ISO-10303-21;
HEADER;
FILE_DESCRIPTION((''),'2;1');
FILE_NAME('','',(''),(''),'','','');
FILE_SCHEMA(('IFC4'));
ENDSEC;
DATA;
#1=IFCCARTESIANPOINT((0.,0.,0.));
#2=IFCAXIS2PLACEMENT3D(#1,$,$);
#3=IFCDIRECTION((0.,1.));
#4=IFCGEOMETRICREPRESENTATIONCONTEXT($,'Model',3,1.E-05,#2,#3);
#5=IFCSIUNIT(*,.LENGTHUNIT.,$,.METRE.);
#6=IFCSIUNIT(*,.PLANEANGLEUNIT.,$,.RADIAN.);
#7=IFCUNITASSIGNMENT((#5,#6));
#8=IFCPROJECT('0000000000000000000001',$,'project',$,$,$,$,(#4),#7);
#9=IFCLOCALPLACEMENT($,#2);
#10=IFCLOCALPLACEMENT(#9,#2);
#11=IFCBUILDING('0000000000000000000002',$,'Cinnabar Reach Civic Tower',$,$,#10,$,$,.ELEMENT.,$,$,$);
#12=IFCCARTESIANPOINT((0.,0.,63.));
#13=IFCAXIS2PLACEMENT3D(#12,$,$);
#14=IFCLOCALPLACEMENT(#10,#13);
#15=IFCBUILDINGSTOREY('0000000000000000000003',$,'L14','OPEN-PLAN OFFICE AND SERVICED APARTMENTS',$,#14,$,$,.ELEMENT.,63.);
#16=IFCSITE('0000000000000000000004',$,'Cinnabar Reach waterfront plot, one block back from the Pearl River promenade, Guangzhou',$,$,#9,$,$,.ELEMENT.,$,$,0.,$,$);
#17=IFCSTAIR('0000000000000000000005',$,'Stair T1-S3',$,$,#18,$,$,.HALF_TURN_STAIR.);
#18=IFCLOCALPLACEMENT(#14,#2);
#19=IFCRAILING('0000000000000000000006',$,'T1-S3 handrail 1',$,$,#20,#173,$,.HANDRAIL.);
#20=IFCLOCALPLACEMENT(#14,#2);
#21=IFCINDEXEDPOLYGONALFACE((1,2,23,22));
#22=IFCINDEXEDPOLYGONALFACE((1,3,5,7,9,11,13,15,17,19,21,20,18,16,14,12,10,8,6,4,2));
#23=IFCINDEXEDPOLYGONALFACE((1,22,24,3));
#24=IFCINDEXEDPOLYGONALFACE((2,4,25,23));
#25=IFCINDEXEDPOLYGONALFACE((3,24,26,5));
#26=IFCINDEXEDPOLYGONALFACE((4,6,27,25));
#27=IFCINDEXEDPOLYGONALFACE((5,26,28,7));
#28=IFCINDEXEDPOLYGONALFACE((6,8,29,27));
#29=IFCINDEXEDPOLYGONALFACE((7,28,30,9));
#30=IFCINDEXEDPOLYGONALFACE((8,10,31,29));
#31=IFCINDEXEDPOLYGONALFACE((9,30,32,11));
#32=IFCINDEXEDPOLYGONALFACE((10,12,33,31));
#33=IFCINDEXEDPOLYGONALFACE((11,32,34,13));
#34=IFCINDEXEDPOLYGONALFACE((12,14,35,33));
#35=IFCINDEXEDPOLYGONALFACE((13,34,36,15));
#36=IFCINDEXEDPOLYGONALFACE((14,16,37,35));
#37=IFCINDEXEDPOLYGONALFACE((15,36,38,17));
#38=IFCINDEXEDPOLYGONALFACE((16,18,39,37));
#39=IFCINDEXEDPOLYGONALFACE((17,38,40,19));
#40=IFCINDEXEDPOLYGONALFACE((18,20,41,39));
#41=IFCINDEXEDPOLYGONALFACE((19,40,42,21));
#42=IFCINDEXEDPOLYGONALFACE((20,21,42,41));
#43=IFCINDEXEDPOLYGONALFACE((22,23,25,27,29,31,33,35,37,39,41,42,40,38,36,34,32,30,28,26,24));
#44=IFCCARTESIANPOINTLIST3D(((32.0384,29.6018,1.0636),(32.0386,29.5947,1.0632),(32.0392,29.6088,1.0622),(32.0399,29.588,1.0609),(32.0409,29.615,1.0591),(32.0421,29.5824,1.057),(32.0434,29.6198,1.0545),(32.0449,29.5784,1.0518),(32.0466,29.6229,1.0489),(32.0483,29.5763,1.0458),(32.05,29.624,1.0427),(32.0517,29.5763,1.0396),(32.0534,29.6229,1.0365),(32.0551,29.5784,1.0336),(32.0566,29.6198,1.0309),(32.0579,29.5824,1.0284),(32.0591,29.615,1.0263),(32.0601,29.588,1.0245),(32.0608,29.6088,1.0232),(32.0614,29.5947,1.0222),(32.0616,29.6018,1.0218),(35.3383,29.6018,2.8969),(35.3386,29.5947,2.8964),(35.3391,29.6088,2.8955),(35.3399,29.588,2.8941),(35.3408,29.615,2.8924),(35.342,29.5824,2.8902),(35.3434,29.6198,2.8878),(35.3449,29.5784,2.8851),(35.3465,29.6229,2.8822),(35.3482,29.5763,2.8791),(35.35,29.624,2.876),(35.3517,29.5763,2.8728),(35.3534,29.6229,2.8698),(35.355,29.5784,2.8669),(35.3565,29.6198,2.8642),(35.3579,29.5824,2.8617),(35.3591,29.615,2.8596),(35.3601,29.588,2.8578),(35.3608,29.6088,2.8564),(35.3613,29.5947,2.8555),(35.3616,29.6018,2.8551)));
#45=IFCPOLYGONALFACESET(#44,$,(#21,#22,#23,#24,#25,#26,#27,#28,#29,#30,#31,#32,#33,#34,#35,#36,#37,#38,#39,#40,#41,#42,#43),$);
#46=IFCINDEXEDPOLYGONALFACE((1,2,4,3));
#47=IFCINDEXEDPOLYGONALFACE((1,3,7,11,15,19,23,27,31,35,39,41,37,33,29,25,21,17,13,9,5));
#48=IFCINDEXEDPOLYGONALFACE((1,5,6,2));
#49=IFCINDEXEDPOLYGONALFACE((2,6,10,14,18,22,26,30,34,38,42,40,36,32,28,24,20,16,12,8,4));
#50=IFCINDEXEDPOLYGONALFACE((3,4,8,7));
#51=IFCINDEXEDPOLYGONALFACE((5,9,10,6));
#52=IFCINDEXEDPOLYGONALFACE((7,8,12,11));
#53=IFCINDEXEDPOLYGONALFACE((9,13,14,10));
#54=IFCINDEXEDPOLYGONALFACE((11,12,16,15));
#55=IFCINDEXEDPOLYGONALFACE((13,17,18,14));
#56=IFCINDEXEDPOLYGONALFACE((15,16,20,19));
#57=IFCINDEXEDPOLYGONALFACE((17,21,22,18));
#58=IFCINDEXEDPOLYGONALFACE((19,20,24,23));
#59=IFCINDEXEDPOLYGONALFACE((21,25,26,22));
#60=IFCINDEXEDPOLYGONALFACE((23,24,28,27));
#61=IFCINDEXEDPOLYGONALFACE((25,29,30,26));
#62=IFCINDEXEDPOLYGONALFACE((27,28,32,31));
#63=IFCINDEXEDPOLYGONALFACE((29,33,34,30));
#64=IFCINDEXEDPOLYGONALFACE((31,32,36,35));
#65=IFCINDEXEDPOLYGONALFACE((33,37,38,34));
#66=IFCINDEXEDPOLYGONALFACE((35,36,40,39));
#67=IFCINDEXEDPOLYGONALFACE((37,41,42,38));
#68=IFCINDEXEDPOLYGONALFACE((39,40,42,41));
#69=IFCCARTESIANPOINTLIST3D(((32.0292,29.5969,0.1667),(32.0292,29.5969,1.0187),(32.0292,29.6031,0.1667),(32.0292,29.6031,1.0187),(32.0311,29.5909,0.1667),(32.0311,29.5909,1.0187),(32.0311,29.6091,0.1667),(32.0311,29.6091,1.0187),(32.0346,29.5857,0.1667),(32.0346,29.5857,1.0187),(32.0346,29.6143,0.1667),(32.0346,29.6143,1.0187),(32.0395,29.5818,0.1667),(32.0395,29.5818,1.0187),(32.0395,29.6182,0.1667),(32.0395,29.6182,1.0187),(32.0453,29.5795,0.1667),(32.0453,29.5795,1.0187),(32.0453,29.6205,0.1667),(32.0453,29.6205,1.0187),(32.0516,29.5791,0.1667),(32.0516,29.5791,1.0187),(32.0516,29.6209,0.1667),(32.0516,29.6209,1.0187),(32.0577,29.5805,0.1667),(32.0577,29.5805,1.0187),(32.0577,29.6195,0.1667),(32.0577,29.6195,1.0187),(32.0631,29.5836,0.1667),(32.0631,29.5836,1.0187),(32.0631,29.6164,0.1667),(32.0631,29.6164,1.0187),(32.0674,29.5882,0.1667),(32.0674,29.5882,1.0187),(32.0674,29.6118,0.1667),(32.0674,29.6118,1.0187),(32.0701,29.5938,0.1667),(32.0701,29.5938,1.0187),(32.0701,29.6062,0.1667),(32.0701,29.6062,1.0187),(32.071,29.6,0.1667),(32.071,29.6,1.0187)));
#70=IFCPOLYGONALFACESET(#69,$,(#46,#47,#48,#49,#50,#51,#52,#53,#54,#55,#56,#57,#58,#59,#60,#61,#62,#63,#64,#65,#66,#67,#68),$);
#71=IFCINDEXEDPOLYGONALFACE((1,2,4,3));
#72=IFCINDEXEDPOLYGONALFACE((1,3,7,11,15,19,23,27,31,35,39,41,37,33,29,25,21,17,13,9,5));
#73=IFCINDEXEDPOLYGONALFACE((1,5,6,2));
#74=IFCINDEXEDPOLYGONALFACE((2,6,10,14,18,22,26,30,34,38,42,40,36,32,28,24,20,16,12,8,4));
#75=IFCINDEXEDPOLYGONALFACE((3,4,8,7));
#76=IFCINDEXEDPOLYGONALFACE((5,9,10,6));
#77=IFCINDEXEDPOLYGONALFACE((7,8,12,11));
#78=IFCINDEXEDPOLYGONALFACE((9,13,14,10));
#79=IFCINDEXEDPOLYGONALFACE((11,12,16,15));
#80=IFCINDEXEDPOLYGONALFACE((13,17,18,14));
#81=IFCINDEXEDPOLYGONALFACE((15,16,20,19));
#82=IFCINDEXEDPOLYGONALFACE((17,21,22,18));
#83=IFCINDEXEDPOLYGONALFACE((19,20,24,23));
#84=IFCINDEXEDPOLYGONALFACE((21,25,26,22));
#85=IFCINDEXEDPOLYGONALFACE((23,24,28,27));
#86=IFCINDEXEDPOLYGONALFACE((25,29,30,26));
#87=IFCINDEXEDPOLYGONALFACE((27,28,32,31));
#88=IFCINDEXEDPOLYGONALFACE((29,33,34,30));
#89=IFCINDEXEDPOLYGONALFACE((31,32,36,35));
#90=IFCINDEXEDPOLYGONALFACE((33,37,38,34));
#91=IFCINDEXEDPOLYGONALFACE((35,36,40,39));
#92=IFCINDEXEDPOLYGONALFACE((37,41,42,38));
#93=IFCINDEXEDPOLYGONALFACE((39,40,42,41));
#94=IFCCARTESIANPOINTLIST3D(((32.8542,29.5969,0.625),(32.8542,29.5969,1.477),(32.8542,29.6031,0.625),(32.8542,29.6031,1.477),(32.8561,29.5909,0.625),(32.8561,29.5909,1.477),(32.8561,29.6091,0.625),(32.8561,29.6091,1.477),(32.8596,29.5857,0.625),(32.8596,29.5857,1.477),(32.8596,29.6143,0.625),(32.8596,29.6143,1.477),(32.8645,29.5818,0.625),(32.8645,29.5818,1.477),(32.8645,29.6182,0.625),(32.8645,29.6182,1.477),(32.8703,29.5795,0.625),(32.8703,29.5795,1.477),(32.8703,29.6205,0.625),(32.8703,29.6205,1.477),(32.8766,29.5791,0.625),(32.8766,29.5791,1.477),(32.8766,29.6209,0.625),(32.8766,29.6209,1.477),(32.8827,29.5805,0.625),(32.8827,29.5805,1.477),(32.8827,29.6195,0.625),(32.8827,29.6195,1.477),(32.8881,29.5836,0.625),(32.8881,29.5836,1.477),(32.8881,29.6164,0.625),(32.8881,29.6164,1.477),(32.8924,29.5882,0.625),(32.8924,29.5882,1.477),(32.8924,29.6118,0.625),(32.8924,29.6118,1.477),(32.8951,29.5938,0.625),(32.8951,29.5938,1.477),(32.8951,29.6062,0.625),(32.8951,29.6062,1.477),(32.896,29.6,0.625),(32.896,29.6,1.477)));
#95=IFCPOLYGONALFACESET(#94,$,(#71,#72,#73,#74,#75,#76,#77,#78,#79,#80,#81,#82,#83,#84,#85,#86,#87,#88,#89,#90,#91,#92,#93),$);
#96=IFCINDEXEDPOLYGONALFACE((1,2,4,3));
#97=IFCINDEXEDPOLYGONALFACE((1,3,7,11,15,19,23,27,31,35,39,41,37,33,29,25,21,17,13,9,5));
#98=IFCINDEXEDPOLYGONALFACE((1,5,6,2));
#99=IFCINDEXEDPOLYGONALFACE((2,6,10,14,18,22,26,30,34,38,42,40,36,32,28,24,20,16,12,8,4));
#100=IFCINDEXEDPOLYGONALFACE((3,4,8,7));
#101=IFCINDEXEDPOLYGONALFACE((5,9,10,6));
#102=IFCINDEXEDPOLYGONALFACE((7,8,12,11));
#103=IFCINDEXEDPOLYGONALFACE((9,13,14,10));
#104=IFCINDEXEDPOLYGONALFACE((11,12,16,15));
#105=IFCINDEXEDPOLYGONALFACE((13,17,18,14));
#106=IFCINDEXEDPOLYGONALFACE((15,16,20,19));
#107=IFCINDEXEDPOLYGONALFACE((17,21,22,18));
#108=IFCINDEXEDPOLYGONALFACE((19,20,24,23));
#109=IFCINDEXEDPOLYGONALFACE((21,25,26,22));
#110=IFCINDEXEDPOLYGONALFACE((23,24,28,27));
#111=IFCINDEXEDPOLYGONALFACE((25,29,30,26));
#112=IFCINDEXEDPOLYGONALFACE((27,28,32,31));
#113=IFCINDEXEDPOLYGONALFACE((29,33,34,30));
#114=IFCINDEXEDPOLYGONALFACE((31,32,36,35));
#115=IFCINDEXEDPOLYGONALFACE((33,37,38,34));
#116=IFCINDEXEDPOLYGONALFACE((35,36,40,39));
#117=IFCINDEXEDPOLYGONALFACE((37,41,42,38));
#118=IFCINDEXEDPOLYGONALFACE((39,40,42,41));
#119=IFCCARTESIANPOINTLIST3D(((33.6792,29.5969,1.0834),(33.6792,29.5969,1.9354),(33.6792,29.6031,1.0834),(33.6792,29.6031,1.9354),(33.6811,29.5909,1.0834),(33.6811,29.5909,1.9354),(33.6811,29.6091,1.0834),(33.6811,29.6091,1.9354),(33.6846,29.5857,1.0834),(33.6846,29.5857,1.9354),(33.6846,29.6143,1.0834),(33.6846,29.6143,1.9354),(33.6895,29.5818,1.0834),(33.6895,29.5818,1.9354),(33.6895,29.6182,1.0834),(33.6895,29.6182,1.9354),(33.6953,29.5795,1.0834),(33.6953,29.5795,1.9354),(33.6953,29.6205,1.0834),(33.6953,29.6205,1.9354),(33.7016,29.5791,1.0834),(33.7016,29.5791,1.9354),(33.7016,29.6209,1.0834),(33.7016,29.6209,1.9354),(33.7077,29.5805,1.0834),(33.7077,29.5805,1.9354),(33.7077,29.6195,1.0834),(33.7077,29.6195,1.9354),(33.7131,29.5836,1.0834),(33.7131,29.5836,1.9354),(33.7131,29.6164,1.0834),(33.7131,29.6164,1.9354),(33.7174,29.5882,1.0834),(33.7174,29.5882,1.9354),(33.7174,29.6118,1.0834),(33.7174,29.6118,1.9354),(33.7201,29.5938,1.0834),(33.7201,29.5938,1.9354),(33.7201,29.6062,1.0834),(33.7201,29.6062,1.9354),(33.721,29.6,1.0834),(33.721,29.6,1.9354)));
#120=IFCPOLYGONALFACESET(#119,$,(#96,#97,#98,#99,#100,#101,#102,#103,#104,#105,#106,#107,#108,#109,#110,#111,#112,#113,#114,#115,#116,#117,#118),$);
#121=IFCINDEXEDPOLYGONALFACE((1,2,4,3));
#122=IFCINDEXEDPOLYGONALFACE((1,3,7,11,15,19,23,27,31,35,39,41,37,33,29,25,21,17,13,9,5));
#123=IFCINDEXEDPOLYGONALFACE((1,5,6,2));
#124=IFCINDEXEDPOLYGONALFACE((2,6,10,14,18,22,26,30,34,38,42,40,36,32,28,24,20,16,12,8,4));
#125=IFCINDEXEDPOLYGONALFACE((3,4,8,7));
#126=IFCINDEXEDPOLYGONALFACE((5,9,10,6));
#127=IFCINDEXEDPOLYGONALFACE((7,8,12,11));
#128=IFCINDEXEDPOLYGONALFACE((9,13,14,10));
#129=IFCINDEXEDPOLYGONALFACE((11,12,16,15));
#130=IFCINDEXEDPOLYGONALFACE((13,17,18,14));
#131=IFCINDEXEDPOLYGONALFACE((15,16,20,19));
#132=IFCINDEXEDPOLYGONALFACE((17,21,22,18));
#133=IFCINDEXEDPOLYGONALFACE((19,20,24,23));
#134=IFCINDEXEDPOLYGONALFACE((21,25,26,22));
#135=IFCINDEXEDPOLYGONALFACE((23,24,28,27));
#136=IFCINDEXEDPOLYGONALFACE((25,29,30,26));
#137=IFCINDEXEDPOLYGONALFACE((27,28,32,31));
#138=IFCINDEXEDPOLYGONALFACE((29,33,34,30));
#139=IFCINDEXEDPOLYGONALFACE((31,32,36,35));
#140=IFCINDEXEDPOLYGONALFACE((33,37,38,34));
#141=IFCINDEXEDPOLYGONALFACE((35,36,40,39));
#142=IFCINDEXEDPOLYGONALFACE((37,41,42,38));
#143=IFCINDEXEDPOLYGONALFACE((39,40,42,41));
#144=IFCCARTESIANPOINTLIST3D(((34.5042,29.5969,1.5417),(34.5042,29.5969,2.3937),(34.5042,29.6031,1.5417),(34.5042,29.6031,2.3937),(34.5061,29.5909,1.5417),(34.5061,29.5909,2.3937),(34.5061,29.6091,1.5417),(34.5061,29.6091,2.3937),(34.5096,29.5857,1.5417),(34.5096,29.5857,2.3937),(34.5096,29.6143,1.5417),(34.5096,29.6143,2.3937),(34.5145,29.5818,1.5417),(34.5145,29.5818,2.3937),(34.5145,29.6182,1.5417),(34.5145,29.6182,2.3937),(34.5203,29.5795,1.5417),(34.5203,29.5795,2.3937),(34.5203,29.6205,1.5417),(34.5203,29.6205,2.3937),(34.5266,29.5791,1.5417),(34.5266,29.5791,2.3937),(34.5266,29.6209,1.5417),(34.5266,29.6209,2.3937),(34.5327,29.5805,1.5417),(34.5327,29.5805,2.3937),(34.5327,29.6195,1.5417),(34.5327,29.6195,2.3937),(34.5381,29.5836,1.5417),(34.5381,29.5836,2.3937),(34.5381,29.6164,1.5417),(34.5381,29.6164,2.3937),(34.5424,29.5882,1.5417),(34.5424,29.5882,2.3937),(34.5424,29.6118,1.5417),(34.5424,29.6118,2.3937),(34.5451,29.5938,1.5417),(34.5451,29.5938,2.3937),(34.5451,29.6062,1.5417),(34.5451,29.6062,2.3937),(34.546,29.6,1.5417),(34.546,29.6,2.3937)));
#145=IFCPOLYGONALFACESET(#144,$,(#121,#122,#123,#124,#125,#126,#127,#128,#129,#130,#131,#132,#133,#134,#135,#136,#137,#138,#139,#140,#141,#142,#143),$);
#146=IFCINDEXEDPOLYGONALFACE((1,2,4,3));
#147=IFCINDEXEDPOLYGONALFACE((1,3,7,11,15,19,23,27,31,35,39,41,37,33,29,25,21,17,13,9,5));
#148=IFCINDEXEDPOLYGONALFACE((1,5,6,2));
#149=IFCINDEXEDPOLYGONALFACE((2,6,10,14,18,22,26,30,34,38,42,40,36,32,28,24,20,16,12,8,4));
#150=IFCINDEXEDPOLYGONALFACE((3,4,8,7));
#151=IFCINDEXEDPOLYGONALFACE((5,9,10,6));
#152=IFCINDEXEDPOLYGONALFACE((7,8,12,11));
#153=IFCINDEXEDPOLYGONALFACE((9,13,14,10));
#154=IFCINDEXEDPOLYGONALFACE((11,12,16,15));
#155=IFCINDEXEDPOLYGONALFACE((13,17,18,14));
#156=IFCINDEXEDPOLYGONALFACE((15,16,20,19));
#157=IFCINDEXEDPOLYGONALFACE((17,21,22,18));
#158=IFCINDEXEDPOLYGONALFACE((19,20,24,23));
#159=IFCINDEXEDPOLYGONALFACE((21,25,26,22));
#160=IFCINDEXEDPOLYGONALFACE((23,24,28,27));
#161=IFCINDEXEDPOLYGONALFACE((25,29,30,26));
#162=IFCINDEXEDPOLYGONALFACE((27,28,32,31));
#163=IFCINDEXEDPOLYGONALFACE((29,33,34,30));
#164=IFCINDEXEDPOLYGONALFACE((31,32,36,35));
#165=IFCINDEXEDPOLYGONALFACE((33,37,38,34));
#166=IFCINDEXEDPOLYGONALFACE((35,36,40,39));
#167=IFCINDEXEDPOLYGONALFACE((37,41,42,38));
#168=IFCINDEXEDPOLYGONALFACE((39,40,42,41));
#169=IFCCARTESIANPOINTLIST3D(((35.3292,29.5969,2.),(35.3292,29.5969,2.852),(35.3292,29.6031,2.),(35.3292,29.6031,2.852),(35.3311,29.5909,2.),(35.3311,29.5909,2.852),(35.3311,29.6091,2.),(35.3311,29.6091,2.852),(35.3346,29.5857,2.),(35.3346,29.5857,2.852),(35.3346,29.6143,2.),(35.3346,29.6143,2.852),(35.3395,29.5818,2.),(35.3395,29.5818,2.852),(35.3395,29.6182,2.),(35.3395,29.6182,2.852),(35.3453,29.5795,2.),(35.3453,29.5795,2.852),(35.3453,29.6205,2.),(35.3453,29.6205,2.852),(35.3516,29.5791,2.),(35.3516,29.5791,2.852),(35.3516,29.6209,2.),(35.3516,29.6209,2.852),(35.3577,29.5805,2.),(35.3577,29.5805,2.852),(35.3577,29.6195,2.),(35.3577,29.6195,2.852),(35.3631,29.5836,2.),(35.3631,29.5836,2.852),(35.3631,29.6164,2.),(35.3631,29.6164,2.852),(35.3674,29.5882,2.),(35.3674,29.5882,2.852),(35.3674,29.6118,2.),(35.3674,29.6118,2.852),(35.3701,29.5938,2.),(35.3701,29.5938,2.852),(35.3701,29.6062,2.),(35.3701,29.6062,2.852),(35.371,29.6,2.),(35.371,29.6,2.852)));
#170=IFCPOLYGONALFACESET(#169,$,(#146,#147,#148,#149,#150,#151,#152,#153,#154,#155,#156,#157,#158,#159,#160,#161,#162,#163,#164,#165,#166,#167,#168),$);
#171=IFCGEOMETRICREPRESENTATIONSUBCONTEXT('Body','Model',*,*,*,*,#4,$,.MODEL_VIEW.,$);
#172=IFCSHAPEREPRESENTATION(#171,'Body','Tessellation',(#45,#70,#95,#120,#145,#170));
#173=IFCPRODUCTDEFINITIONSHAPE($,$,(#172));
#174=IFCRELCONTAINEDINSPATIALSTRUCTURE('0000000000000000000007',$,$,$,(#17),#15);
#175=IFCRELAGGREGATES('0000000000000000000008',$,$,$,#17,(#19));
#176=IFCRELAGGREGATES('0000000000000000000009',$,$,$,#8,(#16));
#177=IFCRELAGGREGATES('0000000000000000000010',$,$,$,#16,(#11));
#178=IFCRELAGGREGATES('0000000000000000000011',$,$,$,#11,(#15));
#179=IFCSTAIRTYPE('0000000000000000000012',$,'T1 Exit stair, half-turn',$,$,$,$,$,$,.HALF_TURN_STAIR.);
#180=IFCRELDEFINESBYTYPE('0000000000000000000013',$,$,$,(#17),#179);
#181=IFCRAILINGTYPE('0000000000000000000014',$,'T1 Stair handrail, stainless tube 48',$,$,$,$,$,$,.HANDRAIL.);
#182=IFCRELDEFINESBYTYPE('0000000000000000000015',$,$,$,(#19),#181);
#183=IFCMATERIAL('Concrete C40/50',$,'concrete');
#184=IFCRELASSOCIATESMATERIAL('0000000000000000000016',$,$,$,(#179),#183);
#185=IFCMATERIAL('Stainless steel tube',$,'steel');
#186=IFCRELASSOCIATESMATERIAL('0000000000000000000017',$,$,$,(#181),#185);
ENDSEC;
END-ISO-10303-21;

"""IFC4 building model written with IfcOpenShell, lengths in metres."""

from ifc_helpers import new_model, si_unit, direction, frame, origin, origin_2d, place, context, subcontext, project, spatial, circle, extrude, material, type_object, element, aggregate, save


model = new_model("IFC4")

# Units and contexts
model_context = context("Model", 3, precision=1e-05, world=origin(), true_north=direction((0.0, 1.0)))
body_context = subcontext(model_context, "Body", "Model", "MODEL_VIEW")
ifc_project = project(units=[si_unit("LENGTHUNIT", "METRE"), si_unit("PLANEANGLEUNIT", "RADIAN")], contexts=[model_context])

# Site, building, storey
site_placement = place(None, origin())
site = spatial("IfcSite", under=ifc_project, at=site_placement, Name="Cinnabar Reach waterfront plot, one block back from the Pearl River promenade, Guangzhou", CompositionType="ELEMENT", RefElevation=0.0)
building_placement = place(site_placement, origin())
building = spatial("IfcBuilding", under=site, at=building_placement, Name="Cinnabar Reach Civic Tower", CompositionType="ELEMENT")
storey_placement = place(building_placement, frame((0.0, 0.0, 63.0)))
storey = spatial("IfcBuildingStorey", under=building, at=storey_placement, Name="L14", Description="OPEN-PLAN OFFICE AND SERVICED APARTMENTS", CompositionType="ELEMENT", Elevation=63.0)

# Stair, railing
ifc_material_1 = material(Name="Concrete C40/50", Category="concrete")
stair_type = type_object("IfcStairType", Name="T1 Exit stair, half-turn", PredefinedType="HALF_TURN_STAIR", material=ifc_material_1)
stair_placement = place(storey_placement, origin())
stair = element("IfcStair", 1, at=stair_placement, inside=storey, type_object=stair_type, Name="Stair T1-S3", PredefinedType="HALF_TURN_STAIR")
ifc_material_2 = material(Name="Stainless steel tube", Category="steel")
railing_type = type_object("IfcRailingType", Name="T1 Stair handrail, stainless tube 48", PredefinedType="HANDRAIL", material=ifc_material_2)
railing_1_placement = place(storey_placement, frame((32.05, 29.6, 0.1667)))
railing_1 = element("IfcRailing", 2, at=railing_1_placement, type_object=railing_type, Name="T1-S3 handrail 1", PredefinedType="HANDRAIL", context=body_context, shape_type="SweptSolid", body=[
    extrude(circle(Radius=0.024, at=origin_2d()), frame((0.0, 0.0, 0.876), z_axis=(0.874161, 0.0, 0.485636), x_axis=(0.0, 1.0, 0.0)), (0.0, 0.0, 1.0), 3.775),
    extrude(circle(Radius=0.021, at=origin_2d()), origin(), (0.0, 0.0, 1.0), 0.852),
    extrude(circle(Radius=0.021, at=origin_2d()), frame((0.825, 0.0, 0.4583)), (0.0, 0.0, 1.0), 0.852),
    extrude(circle(Radius=0.021, at=origin_2d()), frame((1.65, 0.0, 0.9167)), (0.0, 0.0, 1.0), 0.852),
    extrude(circle(Radius=0.021, at=origin_2d()), frame((2.475, 0.0, 1.375)), (0.0, 0.0, 1.0), 0.852),
    extrude(circle(Radius=0.021, at=origin_2d()), frame((3.3, 0.0, 1.8333)), (0.0, 0.0, 1.0), 0.852),
])
aggregate(stair, [railing_1])

save(model, "model.ifc")
